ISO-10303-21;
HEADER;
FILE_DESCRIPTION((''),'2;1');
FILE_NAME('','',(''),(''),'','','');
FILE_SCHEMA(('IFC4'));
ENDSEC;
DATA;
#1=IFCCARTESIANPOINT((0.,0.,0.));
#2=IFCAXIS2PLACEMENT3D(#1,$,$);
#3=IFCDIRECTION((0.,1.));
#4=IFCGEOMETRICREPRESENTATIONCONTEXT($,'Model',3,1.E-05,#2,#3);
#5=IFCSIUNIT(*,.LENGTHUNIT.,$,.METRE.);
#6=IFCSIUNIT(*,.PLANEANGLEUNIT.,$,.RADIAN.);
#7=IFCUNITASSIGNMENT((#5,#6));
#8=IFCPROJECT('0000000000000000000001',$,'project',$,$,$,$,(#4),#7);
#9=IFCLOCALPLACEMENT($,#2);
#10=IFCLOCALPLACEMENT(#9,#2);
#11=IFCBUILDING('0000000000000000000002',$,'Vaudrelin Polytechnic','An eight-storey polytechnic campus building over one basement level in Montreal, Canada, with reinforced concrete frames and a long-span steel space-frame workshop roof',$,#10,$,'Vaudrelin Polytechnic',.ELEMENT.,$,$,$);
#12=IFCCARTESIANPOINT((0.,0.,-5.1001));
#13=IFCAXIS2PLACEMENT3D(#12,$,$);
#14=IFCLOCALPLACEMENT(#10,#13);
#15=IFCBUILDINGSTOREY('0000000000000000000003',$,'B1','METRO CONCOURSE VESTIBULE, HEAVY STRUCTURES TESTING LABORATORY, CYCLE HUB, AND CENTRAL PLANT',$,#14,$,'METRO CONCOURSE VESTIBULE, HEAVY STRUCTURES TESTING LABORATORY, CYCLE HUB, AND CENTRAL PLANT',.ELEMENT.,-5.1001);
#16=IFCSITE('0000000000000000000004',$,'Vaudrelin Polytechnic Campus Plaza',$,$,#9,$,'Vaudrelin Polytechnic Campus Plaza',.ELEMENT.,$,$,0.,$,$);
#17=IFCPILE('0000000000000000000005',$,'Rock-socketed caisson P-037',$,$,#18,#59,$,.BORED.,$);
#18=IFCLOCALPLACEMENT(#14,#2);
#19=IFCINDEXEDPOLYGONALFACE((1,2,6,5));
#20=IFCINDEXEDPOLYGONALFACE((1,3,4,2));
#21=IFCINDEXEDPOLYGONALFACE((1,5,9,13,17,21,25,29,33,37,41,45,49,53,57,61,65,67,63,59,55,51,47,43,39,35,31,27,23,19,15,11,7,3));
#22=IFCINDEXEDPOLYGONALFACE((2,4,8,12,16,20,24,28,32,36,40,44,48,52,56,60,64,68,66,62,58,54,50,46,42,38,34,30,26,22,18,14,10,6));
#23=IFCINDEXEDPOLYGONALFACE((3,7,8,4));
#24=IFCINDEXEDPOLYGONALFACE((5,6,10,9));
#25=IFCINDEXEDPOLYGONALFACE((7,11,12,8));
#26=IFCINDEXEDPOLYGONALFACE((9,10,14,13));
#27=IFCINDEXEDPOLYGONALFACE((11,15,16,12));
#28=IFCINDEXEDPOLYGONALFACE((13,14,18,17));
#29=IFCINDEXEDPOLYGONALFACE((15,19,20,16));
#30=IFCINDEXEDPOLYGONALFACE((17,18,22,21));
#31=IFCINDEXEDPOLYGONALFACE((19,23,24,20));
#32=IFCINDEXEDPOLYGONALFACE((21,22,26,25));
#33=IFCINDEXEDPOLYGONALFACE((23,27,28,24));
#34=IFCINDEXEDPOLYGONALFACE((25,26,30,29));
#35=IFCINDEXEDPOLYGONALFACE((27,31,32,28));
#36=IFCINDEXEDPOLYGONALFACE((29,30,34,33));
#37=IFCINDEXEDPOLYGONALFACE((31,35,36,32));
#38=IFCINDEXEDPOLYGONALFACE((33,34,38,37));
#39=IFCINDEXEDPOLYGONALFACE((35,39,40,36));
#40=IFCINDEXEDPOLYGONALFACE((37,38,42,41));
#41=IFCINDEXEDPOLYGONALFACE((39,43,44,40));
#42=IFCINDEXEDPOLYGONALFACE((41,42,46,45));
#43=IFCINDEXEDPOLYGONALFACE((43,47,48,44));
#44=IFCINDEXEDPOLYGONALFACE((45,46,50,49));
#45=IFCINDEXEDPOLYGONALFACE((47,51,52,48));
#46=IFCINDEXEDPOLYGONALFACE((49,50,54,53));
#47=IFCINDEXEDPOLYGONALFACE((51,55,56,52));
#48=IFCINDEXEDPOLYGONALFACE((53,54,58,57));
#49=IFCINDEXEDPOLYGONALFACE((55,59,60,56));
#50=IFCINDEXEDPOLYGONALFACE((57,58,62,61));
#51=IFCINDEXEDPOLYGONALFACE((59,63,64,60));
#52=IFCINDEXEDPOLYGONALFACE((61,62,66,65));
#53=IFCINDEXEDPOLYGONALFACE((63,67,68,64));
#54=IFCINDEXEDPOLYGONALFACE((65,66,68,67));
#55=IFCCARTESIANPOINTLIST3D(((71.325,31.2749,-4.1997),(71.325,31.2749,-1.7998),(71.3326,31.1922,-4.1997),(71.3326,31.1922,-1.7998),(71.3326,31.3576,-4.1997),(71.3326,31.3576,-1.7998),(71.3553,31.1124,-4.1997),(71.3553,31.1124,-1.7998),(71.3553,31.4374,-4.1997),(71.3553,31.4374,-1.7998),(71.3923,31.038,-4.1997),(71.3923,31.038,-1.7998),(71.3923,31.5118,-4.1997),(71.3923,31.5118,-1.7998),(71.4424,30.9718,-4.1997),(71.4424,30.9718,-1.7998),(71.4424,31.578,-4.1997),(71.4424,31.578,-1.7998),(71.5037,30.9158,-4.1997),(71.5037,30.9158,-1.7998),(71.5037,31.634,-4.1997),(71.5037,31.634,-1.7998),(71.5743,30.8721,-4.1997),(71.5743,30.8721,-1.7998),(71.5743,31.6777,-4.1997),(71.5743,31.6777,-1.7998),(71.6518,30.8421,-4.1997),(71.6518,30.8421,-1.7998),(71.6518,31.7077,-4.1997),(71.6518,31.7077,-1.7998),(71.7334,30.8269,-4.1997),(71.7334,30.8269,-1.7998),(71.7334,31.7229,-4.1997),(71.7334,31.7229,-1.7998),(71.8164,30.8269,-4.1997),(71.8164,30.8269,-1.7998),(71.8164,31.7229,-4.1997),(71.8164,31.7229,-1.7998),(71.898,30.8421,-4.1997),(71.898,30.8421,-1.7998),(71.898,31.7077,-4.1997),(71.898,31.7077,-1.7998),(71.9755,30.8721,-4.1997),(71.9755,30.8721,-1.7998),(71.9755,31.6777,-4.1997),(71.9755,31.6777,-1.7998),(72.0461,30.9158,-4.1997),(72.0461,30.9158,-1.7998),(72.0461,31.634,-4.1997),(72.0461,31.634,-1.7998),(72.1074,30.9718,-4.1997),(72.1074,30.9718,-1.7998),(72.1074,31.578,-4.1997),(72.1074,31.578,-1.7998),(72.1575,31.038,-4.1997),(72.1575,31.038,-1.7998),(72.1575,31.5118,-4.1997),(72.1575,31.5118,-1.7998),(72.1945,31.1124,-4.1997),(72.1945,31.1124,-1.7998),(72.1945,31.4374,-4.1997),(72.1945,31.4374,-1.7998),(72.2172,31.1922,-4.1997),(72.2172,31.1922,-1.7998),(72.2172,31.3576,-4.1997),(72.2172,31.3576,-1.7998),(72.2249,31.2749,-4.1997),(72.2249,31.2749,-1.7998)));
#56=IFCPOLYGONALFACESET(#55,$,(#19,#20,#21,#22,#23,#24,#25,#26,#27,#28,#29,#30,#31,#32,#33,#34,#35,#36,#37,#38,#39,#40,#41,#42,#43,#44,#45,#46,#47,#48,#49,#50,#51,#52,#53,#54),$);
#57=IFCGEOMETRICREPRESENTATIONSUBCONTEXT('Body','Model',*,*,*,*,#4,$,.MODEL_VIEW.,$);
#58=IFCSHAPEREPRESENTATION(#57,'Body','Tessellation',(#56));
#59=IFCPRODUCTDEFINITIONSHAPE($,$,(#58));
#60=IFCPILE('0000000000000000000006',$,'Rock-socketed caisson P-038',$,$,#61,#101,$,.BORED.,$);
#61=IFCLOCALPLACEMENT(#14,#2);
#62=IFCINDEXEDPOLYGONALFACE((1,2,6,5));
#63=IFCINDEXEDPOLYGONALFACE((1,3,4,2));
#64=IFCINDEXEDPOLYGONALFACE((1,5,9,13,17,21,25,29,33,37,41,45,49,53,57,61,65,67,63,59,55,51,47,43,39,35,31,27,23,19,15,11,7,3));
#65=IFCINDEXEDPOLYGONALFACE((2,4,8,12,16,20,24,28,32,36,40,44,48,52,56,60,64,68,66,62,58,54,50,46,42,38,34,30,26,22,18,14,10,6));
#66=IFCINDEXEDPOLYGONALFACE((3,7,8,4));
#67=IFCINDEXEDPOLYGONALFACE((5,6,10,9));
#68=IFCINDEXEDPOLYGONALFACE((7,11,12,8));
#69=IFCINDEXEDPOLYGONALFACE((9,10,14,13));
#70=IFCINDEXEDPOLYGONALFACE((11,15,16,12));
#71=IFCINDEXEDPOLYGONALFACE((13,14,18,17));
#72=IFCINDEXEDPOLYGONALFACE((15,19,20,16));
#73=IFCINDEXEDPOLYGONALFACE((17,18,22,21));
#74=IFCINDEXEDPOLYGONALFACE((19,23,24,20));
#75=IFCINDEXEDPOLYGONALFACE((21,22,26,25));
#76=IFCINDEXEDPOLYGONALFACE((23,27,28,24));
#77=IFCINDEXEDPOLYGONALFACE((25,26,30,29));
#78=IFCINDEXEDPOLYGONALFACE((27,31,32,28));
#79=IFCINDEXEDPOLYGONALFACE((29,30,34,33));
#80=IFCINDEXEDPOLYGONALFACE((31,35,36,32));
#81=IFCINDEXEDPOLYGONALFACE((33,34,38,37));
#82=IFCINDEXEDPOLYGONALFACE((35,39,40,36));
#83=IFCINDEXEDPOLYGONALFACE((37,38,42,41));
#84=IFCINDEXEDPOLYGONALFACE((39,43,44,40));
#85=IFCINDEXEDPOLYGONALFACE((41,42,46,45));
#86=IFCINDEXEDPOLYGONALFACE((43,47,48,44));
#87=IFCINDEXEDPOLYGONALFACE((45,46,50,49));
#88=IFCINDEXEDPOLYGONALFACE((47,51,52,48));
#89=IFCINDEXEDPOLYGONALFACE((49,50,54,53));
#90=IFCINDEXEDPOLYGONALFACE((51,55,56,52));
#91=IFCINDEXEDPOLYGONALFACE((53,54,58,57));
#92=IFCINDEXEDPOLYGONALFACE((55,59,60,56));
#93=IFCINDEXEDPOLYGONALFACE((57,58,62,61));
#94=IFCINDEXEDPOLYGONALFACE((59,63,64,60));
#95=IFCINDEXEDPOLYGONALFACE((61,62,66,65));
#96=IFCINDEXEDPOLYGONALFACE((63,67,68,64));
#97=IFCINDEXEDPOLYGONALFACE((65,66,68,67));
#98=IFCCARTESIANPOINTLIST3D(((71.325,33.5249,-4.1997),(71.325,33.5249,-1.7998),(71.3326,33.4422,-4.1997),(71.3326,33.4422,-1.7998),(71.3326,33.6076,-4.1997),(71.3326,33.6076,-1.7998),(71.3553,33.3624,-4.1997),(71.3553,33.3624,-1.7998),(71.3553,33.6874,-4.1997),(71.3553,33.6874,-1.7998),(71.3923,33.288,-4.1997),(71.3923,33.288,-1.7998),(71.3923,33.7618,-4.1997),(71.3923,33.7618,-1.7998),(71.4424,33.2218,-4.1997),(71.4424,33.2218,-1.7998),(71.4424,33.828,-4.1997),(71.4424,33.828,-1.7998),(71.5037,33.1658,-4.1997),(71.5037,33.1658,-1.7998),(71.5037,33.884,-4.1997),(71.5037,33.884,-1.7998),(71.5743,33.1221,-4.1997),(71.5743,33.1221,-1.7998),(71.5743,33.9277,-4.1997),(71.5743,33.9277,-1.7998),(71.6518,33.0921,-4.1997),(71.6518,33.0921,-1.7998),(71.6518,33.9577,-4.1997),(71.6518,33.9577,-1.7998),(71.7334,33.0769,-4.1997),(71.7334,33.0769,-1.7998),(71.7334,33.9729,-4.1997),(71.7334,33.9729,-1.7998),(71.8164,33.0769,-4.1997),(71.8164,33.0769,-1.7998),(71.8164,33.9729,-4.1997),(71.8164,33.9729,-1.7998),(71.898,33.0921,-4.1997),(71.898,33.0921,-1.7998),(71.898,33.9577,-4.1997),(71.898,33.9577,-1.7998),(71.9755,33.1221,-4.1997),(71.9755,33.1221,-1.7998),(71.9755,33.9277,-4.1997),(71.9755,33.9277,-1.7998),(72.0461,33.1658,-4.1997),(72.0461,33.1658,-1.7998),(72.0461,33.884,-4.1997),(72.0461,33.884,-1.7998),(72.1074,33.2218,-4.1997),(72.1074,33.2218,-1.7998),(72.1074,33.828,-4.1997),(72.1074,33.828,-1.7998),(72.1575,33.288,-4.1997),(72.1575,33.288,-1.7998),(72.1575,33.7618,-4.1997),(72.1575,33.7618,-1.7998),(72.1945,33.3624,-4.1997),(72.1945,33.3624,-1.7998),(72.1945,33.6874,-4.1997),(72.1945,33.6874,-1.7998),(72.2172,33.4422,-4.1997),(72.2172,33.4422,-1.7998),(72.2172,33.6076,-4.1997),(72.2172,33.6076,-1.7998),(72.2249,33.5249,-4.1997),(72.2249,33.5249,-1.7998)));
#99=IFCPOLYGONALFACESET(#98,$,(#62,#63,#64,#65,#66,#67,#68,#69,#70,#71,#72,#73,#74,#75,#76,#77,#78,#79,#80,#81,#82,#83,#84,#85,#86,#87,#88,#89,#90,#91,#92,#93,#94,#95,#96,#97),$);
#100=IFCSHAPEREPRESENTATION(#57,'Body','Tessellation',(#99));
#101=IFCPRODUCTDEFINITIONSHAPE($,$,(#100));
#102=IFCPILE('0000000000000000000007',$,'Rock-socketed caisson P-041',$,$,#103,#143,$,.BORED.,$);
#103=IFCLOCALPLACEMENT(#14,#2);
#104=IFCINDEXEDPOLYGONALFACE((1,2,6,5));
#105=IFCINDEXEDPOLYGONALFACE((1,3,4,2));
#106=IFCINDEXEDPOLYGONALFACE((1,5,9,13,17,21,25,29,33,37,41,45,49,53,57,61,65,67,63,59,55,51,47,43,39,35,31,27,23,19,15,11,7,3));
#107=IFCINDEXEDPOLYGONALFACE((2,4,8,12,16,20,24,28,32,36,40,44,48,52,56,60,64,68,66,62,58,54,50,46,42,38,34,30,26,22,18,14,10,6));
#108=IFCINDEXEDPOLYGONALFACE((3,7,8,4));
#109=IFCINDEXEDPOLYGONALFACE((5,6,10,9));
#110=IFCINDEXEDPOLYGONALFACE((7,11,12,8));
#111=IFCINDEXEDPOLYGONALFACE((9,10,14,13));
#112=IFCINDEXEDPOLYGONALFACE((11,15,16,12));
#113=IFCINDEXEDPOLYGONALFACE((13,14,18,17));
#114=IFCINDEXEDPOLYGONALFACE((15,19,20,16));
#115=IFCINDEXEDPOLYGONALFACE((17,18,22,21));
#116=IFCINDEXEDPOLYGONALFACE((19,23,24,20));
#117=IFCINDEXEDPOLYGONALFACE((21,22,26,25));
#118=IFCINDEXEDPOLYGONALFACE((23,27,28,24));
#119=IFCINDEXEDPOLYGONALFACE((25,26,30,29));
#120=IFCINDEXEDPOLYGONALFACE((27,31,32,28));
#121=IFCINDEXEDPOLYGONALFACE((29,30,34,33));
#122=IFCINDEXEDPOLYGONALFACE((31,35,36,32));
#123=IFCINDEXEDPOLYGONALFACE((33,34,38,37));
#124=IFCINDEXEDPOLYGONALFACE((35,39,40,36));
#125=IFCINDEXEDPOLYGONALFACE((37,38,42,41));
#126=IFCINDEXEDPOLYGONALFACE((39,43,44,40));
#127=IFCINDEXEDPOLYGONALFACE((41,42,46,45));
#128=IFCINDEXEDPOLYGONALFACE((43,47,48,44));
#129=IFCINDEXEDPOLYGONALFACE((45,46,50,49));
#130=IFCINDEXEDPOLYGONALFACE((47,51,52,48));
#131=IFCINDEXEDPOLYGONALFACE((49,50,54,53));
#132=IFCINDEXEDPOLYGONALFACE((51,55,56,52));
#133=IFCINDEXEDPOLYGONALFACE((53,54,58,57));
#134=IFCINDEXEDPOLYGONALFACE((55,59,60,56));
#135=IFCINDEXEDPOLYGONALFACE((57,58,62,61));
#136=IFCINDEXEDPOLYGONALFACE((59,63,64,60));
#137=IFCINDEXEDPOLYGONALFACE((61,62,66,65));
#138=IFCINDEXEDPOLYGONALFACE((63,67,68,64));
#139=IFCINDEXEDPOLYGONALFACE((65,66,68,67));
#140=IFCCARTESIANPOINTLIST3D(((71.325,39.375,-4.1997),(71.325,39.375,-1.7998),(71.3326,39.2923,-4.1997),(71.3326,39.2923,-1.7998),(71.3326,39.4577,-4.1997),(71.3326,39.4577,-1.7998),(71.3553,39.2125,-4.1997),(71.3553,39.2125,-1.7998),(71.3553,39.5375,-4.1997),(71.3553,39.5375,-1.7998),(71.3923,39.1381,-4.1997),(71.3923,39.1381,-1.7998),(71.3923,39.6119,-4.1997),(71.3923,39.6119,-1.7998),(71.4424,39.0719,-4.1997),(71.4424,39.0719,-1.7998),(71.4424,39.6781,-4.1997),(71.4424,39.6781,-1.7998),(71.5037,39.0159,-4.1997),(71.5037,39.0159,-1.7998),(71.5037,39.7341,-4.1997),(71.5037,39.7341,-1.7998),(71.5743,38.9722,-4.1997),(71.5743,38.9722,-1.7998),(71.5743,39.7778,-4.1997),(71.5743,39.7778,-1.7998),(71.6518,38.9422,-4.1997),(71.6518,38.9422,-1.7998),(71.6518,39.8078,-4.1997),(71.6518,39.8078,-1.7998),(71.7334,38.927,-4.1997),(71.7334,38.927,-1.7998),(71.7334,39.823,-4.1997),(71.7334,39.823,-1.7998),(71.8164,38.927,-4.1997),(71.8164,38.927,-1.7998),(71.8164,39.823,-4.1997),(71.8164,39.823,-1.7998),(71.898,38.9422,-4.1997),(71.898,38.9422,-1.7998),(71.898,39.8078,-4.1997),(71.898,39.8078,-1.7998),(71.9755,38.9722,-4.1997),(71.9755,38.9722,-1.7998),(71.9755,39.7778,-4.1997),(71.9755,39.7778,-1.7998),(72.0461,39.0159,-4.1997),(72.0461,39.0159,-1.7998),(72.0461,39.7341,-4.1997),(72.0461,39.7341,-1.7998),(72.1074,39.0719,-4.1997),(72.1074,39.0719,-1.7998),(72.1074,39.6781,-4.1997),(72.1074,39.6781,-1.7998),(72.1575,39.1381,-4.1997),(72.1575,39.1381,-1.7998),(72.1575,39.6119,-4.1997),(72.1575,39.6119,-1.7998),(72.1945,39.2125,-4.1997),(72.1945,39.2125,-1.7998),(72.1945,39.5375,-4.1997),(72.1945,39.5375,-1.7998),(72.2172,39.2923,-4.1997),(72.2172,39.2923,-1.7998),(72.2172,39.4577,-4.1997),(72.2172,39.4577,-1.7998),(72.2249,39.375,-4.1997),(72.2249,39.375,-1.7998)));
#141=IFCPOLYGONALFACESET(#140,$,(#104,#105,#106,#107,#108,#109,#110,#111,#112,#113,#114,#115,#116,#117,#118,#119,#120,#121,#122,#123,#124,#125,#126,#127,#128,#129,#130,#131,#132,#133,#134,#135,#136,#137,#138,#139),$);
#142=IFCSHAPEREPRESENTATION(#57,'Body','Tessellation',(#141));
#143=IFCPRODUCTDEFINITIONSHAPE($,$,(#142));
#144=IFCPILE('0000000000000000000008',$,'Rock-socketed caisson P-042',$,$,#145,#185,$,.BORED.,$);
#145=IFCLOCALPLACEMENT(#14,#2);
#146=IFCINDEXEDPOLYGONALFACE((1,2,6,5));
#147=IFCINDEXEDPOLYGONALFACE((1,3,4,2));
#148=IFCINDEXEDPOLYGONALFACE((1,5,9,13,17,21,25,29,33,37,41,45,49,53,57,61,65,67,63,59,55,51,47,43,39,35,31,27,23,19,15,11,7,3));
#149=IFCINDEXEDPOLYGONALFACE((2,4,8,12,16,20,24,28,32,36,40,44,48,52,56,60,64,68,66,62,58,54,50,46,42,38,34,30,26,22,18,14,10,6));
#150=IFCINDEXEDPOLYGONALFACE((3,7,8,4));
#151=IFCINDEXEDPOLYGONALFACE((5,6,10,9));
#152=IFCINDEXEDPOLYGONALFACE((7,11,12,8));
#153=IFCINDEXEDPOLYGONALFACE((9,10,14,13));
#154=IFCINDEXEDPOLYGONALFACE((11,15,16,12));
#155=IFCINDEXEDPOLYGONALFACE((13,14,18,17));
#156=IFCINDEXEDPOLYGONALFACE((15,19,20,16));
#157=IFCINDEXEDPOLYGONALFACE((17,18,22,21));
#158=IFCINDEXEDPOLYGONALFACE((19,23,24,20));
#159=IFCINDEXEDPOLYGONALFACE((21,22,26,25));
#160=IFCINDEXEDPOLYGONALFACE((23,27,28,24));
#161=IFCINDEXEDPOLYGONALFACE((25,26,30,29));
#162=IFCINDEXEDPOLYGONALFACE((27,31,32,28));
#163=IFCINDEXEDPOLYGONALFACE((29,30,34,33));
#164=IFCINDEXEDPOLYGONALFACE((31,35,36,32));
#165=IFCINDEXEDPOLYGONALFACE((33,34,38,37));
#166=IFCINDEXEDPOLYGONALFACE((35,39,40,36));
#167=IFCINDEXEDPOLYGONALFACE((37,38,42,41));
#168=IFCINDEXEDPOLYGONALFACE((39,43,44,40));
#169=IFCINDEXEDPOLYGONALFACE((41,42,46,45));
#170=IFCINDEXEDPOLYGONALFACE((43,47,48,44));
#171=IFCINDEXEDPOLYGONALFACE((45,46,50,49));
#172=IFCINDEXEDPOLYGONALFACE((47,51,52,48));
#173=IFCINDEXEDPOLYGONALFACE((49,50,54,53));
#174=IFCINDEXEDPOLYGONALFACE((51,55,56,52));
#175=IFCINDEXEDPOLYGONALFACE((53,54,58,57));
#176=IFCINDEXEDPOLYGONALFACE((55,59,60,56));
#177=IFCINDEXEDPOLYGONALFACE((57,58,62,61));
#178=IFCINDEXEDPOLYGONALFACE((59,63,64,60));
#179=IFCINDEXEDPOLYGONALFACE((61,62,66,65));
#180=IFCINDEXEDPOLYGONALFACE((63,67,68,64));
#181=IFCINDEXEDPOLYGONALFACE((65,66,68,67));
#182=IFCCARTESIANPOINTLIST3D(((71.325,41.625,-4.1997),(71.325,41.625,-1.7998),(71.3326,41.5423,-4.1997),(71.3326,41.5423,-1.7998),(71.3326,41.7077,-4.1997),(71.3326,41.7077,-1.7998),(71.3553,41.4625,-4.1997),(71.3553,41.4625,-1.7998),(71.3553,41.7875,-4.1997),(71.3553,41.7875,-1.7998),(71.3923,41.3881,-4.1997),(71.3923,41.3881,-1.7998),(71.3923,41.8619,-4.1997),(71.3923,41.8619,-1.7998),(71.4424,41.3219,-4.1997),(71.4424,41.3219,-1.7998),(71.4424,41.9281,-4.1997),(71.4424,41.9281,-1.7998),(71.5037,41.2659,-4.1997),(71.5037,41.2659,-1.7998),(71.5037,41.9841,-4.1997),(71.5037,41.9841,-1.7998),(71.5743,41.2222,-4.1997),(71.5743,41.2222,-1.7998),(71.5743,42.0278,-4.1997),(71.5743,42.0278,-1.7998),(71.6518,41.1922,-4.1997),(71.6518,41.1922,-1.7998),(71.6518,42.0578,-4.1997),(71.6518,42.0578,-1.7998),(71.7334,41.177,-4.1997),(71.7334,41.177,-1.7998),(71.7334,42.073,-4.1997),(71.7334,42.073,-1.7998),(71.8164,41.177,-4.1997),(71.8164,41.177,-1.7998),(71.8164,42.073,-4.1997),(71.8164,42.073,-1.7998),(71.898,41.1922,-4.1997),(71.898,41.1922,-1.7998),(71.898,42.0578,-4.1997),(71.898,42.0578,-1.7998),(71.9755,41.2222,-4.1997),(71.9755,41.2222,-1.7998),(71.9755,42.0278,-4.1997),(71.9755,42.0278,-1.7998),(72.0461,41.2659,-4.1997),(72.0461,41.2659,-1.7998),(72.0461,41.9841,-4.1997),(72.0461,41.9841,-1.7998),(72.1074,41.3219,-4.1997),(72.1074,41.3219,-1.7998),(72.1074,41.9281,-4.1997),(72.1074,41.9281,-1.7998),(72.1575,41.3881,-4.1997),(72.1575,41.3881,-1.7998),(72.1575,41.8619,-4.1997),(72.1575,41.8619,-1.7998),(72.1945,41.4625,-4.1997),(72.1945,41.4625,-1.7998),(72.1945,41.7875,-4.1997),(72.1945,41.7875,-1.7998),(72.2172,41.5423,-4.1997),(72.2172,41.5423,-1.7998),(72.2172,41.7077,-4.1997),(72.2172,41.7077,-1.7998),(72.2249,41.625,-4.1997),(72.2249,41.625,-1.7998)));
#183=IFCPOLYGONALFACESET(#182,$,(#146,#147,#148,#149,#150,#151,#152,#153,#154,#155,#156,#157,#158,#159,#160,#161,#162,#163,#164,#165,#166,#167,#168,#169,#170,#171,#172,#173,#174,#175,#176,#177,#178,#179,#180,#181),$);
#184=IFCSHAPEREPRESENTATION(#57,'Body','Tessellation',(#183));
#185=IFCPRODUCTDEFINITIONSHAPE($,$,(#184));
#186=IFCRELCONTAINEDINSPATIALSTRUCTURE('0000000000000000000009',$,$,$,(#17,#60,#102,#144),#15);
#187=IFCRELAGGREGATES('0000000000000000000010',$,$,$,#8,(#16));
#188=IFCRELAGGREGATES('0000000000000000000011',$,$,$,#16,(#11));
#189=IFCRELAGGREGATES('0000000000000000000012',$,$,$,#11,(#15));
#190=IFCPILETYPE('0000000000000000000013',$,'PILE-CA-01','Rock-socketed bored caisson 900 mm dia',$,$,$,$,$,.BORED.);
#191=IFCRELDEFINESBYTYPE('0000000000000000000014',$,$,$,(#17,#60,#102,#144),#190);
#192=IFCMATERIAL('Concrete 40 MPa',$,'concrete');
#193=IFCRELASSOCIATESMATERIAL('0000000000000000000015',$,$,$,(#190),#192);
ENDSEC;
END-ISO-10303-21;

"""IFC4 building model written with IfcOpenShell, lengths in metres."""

from ifc_helpers import new_model, si_unit, direction, frame, origin, origin_2d, place, context, subcontext, project, spatial, circle, extrude, material, material_profile, profile_set, type_object, element, save


model = new_model("IFC4")

# Units and contexts
model_context = context("Model", 3, precision=1e-05, world=origin(), true_north=direction((0.0, 1.0)))
body_context = subcontext(model_context, "Body", "Model", "MODEL_VIEW")
ifc_project = project(units=[si_unit("LENGTHUNIT", "METRE"), si_unit("PLANEANGLEUNIT", "RADIAN")], contexts=[model_context])

# Site, building, storey
site_placement = place(None, origin())
site = spatial("IfcSite", under=ifc_project, at=site_placement, Name="Vaudrelin Polytechnic Campus Plaza", LongName="Vaudrelin Polytechnic Campus Plaza", CompositionType="ELEMENT", RefElevation=0.0)
building_placement = place(site_placement, origin())
building = spatial("IfcBuilding", under=site, at=building_placement, Name="Vaudrelin Polytechnic", Description="An eight-storey polytechnic campus building over one basement level in Montreal, Canada, with reinforced concrete frames and a long-span steel space-frame workshop roof", LongName="Vaudrelin Polytechnic", CompositionType="ELEMENT")
storey_placement = place(building_placement, frame((0.0, 0.0, -5.1001)))
storey = spatial("IfcBuildingStorey", under=building, at=storey_placement, Name="B1", Description="METRO CONCOURSE VESTIBULE, HEAVY STRUCTURES TESTING LABORATORY, CYCLE HUB, AND CENTRAL PLANT", LongName="METRO CONCOURSE VESTIBULE, HEAVY STRUCTURES TESTING LABORATORY, CYCLE HUB, AND CENTRAL PLANT", CompositionType="ELEMENT", Elevation=-5.1001)

# Shared definitions
ifc_material_1 = material(Name="Concrete 40 MPa", Category="concrete")

# Piles
ifc_material_profile_1 = material_profile(ifc_material_1, circle(Radius=0.45, at=origin_2d()), Name="CAISSON900")
ifc_profile_set_1 = profile_set([ifc_material_profile_1], Name="Concrete 40 MPa")
pile_type = type_object("IfcPileType", Name="PILE-CA-01", Description="Rock-socketed bored caisson 900 mm dia", PredefinedType="BORED", material=ifc_profile_set_1)
for number, where, z_axis, x_axis, name in (
    (1, (71.7749, 31.2749, -1.7998), (0.0, 0.0, -1.0), (1.0, 0.0, 0.0), "Rock-socketed caisson P-037"),
    (2, (71.7749, 33.5249, -1.7998), (0.0, 0.0, -1.0), (1.0, 0.0, 0.0), "Rock-socketed caisson P-038"),
    (3, (71.7749, 39.375, -1.7998), (0.0, 0.0, -1.0), (1.0, 0.0, 0.0), "Rock-socketed caisson P-041"),
    (4, (71.7749, 41.625, -1.7998), (0.0, 0.0, -1.0), (1.0, 0.0, 0.0), "Rock-socketed caisson P-042"),
):
    element("IfcPile", number, at=place(storey_placement, frame(where, z_axis=z_axis, x_axis=x_axis)), inside=storey, type_object=pile_type, Name=name, PredefinedType="BORED", context=body_context, shape_type="SweptSolid", body=[
        extrude(circle(Radius=0.45, at=origin_2d()), origin(), (0.0, 0.0, 1.0), 2.3999),
    ])

save(model, "model.ifc")
